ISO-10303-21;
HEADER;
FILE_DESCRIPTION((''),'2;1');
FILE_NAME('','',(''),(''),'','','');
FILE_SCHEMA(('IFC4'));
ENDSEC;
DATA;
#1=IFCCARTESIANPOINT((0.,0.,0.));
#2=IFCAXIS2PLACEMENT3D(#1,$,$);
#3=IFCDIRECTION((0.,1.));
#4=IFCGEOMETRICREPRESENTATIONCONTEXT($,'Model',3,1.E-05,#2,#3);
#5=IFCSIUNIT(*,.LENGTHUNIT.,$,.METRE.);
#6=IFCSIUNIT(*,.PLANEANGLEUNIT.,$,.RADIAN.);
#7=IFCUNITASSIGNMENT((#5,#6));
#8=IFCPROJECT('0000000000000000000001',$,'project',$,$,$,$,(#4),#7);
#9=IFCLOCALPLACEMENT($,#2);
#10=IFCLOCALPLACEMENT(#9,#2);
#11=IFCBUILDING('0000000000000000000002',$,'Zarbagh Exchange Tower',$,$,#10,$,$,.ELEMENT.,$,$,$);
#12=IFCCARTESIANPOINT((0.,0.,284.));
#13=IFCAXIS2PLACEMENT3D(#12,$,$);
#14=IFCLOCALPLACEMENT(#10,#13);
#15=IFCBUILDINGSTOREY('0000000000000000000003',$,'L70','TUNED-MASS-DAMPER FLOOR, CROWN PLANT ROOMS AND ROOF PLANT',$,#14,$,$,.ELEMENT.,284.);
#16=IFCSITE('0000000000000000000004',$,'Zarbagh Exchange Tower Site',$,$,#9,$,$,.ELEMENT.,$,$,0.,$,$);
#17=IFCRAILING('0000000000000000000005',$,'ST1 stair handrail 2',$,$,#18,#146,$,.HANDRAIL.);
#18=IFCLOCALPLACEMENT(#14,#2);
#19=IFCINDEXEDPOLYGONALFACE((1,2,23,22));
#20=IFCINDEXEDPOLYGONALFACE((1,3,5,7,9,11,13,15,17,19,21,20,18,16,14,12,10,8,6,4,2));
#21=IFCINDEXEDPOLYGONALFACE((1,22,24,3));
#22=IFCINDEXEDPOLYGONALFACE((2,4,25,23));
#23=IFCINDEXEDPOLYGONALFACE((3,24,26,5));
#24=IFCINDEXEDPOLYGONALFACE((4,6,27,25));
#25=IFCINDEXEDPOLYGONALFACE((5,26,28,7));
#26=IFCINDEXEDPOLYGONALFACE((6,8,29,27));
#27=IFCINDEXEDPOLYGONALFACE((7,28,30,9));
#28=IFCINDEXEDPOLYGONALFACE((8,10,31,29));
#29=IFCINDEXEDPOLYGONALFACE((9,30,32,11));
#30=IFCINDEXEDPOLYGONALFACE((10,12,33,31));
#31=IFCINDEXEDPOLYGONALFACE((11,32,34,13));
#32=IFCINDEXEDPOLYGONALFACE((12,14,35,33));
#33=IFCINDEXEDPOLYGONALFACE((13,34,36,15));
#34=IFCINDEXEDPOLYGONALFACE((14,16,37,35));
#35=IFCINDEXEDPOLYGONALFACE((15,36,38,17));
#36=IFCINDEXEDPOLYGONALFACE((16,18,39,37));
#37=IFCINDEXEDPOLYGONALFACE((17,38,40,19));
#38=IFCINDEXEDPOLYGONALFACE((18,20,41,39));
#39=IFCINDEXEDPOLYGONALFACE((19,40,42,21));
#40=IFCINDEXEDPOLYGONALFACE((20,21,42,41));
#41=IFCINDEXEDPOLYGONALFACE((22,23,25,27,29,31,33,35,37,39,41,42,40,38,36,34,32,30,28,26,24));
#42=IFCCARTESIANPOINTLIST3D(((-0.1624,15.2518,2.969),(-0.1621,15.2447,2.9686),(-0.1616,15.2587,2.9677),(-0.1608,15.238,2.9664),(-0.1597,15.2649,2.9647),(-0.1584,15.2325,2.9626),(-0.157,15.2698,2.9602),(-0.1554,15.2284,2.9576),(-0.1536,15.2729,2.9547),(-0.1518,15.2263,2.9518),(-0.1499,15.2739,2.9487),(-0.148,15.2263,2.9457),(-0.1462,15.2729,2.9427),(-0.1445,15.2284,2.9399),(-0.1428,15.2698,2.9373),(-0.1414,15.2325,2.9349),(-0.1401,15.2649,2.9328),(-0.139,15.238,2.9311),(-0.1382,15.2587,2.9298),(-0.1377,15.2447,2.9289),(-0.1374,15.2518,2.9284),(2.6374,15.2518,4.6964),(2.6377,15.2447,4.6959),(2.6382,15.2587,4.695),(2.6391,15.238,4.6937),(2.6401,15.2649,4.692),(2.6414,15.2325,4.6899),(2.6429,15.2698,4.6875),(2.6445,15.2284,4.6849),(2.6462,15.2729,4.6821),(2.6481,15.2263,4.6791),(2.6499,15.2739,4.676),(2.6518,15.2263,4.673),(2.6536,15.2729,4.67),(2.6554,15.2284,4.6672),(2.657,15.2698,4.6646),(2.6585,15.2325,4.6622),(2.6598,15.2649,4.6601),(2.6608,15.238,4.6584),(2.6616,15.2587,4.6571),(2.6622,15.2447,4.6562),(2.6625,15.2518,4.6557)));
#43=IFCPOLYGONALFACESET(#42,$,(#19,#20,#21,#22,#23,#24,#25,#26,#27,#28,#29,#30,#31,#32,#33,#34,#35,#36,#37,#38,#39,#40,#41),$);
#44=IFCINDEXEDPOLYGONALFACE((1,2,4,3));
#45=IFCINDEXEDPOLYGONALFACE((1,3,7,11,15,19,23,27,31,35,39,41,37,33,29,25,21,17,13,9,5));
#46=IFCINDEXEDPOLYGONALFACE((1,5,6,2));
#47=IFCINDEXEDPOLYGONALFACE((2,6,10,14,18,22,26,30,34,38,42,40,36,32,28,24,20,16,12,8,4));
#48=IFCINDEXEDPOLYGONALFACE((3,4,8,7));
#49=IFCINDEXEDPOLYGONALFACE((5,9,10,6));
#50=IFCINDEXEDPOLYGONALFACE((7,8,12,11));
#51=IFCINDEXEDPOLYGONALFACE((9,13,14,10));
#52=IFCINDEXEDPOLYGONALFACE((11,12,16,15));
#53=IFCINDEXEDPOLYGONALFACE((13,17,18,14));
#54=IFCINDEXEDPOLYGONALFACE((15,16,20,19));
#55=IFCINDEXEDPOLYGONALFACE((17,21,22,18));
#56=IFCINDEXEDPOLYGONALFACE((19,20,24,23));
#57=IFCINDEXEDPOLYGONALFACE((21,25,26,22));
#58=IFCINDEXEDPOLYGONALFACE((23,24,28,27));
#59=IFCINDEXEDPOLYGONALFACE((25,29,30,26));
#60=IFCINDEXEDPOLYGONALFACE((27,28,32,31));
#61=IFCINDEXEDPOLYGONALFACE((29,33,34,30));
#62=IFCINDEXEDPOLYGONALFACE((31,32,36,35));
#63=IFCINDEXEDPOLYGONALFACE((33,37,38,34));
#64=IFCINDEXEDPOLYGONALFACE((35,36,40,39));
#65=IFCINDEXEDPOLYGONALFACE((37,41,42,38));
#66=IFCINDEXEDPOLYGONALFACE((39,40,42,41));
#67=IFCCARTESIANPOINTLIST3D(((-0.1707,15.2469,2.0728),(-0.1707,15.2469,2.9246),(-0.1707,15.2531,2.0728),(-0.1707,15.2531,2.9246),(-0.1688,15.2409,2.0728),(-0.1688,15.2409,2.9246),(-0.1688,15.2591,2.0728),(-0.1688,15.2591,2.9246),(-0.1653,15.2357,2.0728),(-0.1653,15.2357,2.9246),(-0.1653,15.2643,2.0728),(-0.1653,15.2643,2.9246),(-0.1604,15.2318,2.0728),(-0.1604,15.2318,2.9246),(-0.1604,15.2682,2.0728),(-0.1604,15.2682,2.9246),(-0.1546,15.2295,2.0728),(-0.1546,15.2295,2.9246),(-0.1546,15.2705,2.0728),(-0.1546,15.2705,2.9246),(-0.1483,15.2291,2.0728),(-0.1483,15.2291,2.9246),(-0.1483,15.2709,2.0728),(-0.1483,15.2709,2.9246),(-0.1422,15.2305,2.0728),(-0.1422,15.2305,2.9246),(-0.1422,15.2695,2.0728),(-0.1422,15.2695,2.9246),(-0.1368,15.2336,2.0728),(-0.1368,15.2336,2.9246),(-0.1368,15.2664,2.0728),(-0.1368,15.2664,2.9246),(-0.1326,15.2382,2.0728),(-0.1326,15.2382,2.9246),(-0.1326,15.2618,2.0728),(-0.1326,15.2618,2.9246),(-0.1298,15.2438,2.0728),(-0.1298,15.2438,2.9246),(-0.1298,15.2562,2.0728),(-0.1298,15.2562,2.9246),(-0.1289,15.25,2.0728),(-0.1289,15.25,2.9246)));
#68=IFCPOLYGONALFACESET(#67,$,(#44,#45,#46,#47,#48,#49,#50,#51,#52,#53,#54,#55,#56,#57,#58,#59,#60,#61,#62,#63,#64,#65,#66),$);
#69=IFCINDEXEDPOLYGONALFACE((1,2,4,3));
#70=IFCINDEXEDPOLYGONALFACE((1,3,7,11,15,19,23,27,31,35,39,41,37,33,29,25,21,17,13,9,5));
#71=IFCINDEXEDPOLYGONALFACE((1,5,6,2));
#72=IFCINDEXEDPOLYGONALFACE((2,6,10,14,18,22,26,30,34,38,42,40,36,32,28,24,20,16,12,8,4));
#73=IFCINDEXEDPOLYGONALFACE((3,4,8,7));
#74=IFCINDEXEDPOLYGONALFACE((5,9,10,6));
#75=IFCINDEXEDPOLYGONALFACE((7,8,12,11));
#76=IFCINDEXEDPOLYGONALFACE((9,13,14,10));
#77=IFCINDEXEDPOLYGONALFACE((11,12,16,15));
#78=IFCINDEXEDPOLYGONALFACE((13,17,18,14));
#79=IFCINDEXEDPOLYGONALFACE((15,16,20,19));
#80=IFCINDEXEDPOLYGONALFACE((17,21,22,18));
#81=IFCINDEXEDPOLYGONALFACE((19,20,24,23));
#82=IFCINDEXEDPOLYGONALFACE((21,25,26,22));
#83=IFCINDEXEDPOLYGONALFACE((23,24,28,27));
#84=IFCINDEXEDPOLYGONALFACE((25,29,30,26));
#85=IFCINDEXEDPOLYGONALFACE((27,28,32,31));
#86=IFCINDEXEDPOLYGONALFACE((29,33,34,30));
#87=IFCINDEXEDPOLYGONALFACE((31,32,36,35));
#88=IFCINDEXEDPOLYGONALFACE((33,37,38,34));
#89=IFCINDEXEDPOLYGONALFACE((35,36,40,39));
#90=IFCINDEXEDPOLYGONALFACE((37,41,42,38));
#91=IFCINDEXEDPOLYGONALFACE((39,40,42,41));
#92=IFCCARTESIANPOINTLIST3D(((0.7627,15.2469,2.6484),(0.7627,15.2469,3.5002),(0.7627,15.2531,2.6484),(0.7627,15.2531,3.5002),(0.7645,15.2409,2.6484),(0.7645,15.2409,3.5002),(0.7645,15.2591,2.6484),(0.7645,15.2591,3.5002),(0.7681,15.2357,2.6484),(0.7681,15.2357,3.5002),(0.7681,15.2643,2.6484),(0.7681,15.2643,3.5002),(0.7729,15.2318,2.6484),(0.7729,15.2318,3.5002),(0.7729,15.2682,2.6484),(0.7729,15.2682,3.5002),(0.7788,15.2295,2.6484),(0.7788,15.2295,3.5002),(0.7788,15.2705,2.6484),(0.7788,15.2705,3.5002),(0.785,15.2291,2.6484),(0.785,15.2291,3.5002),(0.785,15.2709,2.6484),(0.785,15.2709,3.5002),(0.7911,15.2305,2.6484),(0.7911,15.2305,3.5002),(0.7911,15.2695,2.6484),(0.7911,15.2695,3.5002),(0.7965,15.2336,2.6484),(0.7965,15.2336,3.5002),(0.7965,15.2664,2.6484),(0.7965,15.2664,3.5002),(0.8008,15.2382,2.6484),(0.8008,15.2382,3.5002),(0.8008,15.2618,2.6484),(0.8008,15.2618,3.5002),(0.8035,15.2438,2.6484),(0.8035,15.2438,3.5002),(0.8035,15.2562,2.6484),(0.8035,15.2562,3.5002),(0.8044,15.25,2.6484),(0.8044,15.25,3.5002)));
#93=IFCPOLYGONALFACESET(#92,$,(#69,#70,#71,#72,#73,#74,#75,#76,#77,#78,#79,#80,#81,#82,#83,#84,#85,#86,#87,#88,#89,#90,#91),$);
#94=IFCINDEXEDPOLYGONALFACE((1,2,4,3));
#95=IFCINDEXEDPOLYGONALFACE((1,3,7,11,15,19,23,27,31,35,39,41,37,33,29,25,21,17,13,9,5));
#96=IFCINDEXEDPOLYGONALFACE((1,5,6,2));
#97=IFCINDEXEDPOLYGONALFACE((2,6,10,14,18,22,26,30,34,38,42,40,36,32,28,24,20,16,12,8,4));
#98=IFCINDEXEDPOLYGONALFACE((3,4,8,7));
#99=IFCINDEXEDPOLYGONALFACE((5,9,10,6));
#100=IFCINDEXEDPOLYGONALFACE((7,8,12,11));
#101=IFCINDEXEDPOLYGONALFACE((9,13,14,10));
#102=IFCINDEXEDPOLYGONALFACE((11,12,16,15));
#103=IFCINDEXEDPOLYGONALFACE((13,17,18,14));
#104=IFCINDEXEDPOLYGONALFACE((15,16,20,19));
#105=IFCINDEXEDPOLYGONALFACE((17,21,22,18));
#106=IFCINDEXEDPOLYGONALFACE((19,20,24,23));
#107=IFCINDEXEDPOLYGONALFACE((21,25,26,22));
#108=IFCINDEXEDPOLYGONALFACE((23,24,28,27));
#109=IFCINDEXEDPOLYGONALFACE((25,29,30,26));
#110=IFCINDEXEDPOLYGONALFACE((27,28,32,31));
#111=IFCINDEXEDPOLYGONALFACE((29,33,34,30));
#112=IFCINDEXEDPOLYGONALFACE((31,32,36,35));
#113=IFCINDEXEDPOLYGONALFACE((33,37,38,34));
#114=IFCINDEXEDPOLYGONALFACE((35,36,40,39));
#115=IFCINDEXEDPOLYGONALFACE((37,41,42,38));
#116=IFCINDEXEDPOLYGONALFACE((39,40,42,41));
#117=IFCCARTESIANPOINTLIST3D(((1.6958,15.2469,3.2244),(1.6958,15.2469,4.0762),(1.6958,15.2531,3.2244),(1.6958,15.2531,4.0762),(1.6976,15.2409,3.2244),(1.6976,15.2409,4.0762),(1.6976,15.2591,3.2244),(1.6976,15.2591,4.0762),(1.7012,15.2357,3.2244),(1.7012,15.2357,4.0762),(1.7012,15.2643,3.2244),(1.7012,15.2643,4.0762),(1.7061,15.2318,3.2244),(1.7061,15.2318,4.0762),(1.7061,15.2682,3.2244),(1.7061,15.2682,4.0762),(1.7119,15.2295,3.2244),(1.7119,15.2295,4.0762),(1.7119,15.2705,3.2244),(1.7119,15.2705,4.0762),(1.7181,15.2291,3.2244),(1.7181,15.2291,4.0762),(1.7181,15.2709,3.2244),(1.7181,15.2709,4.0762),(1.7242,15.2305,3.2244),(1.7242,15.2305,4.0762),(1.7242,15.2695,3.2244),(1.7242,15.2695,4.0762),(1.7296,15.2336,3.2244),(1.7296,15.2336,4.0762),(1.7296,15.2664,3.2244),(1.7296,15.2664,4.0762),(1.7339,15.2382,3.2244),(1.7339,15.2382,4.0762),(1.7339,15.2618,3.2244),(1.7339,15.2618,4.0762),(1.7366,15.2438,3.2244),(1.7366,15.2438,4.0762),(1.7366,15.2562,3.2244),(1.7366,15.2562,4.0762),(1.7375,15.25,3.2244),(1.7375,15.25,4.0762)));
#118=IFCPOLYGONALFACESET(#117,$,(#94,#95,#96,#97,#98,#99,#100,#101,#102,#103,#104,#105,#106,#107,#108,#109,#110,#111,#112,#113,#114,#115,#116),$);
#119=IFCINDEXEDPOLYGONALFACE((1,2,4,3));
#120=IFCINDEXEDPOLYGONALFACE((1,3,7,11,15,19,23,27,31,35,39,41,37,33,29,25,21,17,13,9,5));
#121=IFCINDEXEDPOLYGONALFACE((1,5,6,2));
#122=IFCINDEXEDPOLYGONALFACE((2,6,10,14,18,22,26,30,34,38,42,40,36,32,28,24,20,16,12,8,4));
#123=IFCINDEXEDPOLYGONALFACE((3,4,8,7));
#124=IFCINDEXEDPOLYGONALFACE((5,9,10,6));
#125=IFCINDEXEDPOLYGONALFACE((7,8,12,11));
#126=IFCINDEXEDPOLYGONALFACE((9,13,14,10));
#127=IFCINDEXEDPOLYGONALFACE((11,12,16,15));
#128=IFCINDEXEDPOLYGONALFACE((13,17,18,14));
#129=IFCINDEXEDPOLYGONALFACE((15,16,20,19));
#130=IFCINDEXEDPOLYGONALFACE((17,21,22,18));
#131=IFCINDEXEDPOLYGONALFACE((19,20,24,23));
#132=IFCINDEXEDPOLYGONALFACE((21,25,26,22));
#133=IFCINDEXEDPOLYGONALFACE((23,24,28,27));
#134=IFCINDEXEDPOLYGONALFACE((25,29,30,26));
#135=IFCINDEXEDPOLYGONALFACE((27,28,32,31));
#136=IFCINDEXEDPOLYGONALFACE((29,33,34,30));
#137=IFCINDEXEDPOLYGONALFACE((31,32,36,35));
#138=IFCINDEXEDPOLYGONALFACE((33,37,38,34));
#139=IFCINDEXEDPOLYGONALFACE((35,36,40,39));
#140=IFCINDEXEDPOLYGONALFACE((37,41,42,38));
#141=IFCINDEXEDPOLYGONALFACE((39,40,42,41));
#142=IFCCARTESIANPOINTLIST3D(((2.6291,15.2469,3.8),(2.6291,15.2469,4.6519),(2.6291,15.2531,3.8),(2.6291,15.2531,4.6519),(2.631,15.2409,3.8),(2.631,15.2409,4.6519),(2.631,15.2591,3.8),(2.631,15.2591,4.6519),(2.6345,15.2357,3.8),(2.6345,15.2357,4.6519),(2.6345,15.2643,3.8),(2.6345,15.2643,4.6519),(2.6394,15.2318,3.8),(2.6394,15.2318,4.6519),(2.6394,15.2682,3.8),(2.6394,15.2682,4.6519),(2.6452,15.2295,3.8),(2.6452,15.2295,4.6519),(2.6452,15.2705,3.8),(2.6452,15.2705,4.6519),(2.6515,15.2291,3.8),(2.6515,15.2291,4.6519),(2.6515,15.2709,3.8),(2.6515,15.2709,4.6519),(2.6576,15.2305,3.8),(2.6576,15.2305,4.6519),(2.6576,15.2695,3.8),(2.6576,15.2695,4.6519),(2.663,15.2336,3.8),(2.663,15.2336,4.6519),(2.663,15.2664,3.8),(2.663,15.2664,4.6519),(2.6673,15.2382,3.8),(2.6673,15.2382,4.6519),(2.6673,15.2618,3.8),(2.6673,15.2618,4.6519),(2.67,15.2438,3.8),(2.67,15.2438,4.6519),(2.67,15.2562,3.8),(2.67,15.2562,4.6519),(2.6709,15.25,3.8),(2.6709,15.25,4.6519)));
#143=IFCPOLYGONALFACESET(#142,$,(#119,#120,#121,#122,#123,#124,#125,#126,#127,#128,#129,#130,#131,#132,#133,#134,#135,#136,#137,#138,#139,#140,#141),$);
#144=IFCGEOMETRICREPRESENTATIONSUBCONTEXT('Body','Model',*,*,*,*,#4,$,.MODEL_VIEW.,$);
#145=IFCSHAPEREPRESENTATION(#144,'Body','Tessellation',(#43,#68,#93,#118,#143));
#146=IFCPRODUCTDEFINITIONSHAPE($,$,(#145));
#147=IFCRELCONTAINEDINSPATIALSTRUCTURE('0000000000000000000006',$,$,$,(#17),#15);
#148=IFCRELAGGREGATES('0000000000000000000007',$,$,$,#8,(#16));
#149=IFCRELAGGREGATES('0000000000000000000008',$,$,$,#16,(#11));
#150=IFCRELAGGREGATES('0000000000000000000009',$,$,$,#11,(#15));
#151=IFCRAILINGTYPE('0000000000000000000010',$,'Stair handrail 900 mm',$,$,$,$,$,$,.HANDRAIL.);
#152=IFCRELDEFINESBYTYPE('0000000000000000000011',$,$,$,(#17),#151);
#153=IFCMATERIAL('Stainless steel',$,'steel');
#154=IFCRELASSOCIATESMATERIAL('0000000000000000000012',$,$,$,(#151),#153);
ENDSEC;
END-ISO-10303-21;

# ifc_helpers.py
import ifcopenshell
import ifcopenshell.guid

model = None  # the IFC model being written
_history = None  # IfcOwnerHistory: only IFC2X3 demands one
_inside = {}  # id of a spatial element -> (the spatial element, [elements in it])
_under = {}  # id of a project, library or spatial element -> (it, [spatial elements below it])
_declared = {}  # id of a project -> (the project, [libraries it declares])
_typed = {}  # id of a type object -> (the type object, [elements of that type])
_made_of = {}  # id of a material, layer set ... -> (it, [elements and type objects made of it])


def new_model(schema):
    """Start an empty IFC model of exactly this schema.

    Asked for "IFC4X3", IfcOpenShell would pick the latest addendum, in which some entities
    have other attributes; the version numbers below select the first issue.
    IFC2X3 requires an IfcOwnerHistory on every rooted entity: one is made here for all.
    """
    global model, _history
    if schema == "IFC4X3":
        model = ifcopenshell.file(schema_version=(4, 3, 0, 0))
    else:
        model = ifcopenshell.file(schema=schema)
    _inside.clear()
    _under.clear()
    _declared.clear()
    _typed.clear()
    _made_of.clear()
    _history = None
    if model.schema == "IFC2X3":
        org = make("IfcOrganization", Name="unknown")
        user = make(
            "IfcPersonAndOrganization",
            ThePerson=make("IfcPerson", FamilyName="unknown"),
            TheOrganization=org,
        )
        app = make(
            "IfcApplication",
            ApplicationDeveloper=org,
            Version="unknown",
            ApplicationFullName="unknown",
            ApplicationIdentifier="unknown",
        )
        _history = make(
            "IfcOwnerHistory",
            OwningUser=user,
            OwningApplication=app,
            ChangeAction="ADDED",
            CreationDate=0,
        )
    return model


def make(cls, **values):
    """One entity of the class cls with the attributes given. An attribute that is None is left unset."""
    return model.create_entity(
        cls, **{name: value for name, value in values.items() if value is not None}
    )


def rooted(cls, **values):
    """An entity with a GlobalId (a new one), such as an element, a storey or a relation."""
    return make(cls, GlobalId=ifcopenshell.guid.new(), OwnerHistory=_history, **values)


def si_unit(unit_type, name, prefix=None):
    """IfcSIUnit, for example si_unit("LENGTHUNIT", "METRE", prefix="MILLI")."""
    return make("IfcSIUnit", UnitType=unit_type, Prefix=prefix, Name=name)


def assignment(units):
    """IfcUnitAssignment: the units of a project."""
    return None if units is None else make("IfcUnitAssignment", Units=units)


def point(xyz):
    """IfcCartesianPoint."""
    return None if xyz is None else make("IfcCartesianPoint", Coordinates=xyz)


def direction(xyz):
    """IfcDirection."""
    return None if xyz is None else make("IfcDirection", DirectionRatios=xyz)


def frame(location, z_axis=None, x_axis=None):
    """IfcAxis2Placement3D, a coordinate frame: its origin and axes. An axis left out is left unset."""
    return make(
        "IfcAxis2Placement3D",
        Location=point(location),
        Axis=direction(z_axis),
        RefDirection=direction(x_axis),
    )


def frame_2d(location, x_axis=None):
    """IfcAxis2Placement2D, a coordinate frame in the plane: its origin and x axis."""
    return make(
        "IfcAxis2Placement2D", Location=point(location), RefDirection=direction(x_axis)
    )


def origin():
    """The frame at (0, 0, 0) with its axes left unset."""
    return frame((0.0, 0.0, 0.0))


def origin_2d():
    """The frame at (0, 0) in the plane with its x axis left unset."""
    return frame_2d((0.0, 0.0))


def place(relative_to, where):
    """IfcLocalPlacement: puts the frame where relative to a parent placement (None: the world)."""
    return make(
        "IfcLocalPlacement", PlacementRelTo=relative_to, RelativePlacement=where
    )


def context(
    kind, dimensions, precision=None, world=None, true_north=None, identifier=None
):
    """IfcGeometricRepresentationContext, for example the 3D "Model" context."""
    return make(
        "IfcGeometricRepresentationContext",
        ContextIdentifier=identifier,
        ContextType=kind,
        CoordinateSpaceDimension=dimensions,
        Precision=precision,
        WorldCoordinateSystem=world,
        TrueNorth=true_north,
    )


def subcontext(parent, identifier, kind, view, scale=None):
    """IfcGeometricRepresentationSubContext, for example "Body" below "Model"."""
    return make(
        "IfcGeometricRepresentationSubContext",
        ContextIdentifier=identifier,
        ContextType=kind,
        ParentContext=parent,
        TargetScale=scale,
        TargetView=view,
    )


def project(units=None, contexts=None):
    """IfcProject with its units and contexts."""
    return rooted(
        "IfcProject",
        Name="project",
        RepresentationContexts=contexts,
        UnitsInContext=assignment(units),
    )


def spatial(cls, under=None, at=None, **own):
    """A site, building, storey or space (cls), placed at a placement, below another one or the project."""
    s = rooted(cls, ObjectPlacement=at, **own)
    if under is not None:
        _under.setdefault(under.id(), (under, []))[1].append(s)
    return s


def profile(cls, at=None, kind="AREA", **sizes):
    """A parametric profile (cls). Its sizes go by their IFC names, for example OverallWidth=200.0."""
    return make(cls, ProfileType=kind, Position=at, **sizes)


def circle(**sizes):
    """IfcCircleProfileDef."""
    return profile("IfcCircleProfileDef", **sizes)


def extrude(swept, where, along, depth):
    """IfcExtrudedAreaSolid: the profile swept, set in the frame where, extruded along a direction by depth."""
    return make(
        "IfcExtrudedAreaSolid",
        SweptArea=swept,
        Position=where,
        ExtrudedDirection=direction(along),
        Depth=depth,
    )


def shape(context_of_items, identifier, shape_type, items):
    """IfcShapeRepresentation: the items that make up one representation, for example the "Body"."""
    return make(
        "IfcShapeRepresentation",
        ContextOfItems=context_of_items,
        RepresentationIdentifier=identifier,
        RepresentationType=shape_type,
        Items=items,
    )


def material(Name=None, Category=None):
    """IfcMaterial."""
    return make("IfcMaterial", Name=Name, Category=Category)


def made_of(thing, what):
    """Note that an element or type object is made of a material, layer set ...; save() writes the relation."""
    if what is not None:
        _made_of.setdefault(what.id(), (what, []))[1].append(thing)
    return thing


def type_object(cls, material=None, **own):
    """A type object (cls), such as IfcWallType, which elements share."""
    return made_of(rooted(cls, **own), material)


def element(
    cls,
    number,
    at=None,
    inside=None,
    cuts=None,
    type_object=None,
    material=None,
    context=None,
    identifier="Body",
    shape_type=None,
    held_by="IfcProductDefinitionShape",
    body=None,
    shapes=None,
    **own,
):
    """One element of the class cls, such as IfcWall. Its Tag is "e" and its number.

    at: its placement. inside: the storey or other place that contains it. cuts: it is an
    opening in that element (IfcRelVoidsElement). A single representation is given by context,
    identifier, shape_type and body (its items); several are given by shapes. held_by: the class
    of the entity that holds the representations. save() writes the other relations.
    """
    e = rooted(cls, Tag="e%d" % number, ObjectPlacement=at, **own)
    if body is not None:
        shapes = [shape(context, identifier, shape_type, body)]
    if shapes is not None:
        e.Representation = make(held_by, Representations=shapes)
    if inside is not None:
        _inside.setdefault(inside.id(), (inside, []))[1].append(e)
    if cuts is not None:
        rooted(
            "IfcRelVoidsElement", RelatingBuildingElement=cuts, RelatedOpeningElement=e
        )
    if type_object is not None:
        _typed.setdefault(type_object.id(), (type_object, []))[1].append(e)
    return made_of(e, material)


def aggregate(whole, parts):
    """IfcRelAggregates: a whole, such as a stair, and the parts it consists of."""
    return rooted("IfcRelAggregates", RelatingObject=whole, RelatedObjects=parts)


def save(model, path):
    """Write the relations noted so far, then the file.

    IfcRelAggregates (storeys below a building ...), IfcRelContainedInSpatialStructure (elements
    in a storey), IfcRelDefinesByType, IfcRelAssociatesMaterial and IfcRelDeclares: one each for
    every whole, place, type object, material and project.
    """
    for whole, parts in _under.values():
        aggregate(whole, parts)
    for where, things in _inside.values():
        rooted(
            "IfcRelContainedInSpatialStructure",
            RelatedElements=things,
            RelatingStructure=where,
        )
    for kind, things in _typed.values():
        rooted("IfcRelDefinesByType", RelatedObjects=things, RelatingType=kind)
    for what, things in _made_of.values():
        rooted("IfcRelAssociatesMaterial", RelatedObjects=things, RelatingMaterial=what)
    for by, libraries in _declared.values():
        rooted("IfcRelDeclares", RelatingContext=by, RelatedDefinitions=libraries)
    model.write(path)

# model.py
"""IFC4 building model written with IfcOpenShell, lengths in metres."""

from ifc_helpers import new_model, si_unit, direction, frame, origin, origin_2d, place, context, subcontext, project, spatial, circle, extrude, material, type_object, element, save


model = new_model("IFC4")

# Units and contexts
model_context = context("Model", 3, precision=1e-05, world=origin(), true_north=direction((0.0, 1.0)))
body_context = subcontext(model_context, "Body", "Model", "MODEL_VIEW")
ifc_project = project(units=[si_unit("LENGTHUNIT", "METRE"), si_unit("PLANEANGLEUNIT", "RADIAN")], contexts=[model_context])

# Site, building, storey
site_placement = place(None, origin())
site = spatial("IfcSite", under=ifc_project, at=site_placement, Name="Zarbagh Exchange Tower Site", CompositionType="ELEMENT", RefElevation=0.0)
building_placement = place(site_placement, origin())
building = spatial("IfcBuilding", under=site, at=building_placement, Name="Zarbagh Exchange Tower", CompositionType="ELEMENT")
storey_placement = place(building_placement, frame((0.0, 0.0, 284.0)))
storey = spatial("IfcBuildingStorey", under=building, at=storey_placement, Name="L70", Description="TUNED-MASS-DAMPER FLOOR, CROWN PLANT ROOMS AND ROOF PLANT", CompositionType="ELEMENT", Elevation=284.0)

# Railing
ifc_material_1 = material(Name="Stainless steel", Category="steel")
railing_type_1 = type_object("IfcRailingType", Name="Stair handrail 900 mm", PredefinedType="HANDRAIL", material=ifc_material_1)
for number, where, name in (
    (1, (-0.1499, 15.25, 2.0728), "ST1 stair handrail 2"),
):
    element("IfcRailing", number, at=place(storey_placement, frame(where)), inside=storey, type_object=railing_type_1, Name=name, PredefinedType="HANDRAIL", context=body_context, shape_type="SweptSolid", body=[
        extrude(circle(Radius=0.0239, at=origin_2d()), frame((0.0, 0.0, 0.876), z_axis=(0.851069, 0.0, 0.525054), x_axis=(0.0, 1.0, 0.0)), (0.0, 0.0, 1.0), 3.2898),
        extrude(circle(Radius=0.021, at=origin_2d()), origin(), (0.0, 0.0, 1.0), 0.8518),
        extrude(circle(Radius=0.021, at=origin_2d()), frame((0.9333, 0.0, 0.5757)), (0.0, 0.0, 1.0), 0.8518),
        extrude(circle(Radius=0.021, at=origin_2d()), frame((1.8665, 0.0, 1.1516)), (0.0, 0.0, 1.0), 0.8518),
        extrude(circle(Radius=0.021, at=origin_2d()), frame((2.7998, 0.0, 1.7273)), (0.0, 0.0, 1.0), 0.8518),
    ])

save(model, "model.ifc")
